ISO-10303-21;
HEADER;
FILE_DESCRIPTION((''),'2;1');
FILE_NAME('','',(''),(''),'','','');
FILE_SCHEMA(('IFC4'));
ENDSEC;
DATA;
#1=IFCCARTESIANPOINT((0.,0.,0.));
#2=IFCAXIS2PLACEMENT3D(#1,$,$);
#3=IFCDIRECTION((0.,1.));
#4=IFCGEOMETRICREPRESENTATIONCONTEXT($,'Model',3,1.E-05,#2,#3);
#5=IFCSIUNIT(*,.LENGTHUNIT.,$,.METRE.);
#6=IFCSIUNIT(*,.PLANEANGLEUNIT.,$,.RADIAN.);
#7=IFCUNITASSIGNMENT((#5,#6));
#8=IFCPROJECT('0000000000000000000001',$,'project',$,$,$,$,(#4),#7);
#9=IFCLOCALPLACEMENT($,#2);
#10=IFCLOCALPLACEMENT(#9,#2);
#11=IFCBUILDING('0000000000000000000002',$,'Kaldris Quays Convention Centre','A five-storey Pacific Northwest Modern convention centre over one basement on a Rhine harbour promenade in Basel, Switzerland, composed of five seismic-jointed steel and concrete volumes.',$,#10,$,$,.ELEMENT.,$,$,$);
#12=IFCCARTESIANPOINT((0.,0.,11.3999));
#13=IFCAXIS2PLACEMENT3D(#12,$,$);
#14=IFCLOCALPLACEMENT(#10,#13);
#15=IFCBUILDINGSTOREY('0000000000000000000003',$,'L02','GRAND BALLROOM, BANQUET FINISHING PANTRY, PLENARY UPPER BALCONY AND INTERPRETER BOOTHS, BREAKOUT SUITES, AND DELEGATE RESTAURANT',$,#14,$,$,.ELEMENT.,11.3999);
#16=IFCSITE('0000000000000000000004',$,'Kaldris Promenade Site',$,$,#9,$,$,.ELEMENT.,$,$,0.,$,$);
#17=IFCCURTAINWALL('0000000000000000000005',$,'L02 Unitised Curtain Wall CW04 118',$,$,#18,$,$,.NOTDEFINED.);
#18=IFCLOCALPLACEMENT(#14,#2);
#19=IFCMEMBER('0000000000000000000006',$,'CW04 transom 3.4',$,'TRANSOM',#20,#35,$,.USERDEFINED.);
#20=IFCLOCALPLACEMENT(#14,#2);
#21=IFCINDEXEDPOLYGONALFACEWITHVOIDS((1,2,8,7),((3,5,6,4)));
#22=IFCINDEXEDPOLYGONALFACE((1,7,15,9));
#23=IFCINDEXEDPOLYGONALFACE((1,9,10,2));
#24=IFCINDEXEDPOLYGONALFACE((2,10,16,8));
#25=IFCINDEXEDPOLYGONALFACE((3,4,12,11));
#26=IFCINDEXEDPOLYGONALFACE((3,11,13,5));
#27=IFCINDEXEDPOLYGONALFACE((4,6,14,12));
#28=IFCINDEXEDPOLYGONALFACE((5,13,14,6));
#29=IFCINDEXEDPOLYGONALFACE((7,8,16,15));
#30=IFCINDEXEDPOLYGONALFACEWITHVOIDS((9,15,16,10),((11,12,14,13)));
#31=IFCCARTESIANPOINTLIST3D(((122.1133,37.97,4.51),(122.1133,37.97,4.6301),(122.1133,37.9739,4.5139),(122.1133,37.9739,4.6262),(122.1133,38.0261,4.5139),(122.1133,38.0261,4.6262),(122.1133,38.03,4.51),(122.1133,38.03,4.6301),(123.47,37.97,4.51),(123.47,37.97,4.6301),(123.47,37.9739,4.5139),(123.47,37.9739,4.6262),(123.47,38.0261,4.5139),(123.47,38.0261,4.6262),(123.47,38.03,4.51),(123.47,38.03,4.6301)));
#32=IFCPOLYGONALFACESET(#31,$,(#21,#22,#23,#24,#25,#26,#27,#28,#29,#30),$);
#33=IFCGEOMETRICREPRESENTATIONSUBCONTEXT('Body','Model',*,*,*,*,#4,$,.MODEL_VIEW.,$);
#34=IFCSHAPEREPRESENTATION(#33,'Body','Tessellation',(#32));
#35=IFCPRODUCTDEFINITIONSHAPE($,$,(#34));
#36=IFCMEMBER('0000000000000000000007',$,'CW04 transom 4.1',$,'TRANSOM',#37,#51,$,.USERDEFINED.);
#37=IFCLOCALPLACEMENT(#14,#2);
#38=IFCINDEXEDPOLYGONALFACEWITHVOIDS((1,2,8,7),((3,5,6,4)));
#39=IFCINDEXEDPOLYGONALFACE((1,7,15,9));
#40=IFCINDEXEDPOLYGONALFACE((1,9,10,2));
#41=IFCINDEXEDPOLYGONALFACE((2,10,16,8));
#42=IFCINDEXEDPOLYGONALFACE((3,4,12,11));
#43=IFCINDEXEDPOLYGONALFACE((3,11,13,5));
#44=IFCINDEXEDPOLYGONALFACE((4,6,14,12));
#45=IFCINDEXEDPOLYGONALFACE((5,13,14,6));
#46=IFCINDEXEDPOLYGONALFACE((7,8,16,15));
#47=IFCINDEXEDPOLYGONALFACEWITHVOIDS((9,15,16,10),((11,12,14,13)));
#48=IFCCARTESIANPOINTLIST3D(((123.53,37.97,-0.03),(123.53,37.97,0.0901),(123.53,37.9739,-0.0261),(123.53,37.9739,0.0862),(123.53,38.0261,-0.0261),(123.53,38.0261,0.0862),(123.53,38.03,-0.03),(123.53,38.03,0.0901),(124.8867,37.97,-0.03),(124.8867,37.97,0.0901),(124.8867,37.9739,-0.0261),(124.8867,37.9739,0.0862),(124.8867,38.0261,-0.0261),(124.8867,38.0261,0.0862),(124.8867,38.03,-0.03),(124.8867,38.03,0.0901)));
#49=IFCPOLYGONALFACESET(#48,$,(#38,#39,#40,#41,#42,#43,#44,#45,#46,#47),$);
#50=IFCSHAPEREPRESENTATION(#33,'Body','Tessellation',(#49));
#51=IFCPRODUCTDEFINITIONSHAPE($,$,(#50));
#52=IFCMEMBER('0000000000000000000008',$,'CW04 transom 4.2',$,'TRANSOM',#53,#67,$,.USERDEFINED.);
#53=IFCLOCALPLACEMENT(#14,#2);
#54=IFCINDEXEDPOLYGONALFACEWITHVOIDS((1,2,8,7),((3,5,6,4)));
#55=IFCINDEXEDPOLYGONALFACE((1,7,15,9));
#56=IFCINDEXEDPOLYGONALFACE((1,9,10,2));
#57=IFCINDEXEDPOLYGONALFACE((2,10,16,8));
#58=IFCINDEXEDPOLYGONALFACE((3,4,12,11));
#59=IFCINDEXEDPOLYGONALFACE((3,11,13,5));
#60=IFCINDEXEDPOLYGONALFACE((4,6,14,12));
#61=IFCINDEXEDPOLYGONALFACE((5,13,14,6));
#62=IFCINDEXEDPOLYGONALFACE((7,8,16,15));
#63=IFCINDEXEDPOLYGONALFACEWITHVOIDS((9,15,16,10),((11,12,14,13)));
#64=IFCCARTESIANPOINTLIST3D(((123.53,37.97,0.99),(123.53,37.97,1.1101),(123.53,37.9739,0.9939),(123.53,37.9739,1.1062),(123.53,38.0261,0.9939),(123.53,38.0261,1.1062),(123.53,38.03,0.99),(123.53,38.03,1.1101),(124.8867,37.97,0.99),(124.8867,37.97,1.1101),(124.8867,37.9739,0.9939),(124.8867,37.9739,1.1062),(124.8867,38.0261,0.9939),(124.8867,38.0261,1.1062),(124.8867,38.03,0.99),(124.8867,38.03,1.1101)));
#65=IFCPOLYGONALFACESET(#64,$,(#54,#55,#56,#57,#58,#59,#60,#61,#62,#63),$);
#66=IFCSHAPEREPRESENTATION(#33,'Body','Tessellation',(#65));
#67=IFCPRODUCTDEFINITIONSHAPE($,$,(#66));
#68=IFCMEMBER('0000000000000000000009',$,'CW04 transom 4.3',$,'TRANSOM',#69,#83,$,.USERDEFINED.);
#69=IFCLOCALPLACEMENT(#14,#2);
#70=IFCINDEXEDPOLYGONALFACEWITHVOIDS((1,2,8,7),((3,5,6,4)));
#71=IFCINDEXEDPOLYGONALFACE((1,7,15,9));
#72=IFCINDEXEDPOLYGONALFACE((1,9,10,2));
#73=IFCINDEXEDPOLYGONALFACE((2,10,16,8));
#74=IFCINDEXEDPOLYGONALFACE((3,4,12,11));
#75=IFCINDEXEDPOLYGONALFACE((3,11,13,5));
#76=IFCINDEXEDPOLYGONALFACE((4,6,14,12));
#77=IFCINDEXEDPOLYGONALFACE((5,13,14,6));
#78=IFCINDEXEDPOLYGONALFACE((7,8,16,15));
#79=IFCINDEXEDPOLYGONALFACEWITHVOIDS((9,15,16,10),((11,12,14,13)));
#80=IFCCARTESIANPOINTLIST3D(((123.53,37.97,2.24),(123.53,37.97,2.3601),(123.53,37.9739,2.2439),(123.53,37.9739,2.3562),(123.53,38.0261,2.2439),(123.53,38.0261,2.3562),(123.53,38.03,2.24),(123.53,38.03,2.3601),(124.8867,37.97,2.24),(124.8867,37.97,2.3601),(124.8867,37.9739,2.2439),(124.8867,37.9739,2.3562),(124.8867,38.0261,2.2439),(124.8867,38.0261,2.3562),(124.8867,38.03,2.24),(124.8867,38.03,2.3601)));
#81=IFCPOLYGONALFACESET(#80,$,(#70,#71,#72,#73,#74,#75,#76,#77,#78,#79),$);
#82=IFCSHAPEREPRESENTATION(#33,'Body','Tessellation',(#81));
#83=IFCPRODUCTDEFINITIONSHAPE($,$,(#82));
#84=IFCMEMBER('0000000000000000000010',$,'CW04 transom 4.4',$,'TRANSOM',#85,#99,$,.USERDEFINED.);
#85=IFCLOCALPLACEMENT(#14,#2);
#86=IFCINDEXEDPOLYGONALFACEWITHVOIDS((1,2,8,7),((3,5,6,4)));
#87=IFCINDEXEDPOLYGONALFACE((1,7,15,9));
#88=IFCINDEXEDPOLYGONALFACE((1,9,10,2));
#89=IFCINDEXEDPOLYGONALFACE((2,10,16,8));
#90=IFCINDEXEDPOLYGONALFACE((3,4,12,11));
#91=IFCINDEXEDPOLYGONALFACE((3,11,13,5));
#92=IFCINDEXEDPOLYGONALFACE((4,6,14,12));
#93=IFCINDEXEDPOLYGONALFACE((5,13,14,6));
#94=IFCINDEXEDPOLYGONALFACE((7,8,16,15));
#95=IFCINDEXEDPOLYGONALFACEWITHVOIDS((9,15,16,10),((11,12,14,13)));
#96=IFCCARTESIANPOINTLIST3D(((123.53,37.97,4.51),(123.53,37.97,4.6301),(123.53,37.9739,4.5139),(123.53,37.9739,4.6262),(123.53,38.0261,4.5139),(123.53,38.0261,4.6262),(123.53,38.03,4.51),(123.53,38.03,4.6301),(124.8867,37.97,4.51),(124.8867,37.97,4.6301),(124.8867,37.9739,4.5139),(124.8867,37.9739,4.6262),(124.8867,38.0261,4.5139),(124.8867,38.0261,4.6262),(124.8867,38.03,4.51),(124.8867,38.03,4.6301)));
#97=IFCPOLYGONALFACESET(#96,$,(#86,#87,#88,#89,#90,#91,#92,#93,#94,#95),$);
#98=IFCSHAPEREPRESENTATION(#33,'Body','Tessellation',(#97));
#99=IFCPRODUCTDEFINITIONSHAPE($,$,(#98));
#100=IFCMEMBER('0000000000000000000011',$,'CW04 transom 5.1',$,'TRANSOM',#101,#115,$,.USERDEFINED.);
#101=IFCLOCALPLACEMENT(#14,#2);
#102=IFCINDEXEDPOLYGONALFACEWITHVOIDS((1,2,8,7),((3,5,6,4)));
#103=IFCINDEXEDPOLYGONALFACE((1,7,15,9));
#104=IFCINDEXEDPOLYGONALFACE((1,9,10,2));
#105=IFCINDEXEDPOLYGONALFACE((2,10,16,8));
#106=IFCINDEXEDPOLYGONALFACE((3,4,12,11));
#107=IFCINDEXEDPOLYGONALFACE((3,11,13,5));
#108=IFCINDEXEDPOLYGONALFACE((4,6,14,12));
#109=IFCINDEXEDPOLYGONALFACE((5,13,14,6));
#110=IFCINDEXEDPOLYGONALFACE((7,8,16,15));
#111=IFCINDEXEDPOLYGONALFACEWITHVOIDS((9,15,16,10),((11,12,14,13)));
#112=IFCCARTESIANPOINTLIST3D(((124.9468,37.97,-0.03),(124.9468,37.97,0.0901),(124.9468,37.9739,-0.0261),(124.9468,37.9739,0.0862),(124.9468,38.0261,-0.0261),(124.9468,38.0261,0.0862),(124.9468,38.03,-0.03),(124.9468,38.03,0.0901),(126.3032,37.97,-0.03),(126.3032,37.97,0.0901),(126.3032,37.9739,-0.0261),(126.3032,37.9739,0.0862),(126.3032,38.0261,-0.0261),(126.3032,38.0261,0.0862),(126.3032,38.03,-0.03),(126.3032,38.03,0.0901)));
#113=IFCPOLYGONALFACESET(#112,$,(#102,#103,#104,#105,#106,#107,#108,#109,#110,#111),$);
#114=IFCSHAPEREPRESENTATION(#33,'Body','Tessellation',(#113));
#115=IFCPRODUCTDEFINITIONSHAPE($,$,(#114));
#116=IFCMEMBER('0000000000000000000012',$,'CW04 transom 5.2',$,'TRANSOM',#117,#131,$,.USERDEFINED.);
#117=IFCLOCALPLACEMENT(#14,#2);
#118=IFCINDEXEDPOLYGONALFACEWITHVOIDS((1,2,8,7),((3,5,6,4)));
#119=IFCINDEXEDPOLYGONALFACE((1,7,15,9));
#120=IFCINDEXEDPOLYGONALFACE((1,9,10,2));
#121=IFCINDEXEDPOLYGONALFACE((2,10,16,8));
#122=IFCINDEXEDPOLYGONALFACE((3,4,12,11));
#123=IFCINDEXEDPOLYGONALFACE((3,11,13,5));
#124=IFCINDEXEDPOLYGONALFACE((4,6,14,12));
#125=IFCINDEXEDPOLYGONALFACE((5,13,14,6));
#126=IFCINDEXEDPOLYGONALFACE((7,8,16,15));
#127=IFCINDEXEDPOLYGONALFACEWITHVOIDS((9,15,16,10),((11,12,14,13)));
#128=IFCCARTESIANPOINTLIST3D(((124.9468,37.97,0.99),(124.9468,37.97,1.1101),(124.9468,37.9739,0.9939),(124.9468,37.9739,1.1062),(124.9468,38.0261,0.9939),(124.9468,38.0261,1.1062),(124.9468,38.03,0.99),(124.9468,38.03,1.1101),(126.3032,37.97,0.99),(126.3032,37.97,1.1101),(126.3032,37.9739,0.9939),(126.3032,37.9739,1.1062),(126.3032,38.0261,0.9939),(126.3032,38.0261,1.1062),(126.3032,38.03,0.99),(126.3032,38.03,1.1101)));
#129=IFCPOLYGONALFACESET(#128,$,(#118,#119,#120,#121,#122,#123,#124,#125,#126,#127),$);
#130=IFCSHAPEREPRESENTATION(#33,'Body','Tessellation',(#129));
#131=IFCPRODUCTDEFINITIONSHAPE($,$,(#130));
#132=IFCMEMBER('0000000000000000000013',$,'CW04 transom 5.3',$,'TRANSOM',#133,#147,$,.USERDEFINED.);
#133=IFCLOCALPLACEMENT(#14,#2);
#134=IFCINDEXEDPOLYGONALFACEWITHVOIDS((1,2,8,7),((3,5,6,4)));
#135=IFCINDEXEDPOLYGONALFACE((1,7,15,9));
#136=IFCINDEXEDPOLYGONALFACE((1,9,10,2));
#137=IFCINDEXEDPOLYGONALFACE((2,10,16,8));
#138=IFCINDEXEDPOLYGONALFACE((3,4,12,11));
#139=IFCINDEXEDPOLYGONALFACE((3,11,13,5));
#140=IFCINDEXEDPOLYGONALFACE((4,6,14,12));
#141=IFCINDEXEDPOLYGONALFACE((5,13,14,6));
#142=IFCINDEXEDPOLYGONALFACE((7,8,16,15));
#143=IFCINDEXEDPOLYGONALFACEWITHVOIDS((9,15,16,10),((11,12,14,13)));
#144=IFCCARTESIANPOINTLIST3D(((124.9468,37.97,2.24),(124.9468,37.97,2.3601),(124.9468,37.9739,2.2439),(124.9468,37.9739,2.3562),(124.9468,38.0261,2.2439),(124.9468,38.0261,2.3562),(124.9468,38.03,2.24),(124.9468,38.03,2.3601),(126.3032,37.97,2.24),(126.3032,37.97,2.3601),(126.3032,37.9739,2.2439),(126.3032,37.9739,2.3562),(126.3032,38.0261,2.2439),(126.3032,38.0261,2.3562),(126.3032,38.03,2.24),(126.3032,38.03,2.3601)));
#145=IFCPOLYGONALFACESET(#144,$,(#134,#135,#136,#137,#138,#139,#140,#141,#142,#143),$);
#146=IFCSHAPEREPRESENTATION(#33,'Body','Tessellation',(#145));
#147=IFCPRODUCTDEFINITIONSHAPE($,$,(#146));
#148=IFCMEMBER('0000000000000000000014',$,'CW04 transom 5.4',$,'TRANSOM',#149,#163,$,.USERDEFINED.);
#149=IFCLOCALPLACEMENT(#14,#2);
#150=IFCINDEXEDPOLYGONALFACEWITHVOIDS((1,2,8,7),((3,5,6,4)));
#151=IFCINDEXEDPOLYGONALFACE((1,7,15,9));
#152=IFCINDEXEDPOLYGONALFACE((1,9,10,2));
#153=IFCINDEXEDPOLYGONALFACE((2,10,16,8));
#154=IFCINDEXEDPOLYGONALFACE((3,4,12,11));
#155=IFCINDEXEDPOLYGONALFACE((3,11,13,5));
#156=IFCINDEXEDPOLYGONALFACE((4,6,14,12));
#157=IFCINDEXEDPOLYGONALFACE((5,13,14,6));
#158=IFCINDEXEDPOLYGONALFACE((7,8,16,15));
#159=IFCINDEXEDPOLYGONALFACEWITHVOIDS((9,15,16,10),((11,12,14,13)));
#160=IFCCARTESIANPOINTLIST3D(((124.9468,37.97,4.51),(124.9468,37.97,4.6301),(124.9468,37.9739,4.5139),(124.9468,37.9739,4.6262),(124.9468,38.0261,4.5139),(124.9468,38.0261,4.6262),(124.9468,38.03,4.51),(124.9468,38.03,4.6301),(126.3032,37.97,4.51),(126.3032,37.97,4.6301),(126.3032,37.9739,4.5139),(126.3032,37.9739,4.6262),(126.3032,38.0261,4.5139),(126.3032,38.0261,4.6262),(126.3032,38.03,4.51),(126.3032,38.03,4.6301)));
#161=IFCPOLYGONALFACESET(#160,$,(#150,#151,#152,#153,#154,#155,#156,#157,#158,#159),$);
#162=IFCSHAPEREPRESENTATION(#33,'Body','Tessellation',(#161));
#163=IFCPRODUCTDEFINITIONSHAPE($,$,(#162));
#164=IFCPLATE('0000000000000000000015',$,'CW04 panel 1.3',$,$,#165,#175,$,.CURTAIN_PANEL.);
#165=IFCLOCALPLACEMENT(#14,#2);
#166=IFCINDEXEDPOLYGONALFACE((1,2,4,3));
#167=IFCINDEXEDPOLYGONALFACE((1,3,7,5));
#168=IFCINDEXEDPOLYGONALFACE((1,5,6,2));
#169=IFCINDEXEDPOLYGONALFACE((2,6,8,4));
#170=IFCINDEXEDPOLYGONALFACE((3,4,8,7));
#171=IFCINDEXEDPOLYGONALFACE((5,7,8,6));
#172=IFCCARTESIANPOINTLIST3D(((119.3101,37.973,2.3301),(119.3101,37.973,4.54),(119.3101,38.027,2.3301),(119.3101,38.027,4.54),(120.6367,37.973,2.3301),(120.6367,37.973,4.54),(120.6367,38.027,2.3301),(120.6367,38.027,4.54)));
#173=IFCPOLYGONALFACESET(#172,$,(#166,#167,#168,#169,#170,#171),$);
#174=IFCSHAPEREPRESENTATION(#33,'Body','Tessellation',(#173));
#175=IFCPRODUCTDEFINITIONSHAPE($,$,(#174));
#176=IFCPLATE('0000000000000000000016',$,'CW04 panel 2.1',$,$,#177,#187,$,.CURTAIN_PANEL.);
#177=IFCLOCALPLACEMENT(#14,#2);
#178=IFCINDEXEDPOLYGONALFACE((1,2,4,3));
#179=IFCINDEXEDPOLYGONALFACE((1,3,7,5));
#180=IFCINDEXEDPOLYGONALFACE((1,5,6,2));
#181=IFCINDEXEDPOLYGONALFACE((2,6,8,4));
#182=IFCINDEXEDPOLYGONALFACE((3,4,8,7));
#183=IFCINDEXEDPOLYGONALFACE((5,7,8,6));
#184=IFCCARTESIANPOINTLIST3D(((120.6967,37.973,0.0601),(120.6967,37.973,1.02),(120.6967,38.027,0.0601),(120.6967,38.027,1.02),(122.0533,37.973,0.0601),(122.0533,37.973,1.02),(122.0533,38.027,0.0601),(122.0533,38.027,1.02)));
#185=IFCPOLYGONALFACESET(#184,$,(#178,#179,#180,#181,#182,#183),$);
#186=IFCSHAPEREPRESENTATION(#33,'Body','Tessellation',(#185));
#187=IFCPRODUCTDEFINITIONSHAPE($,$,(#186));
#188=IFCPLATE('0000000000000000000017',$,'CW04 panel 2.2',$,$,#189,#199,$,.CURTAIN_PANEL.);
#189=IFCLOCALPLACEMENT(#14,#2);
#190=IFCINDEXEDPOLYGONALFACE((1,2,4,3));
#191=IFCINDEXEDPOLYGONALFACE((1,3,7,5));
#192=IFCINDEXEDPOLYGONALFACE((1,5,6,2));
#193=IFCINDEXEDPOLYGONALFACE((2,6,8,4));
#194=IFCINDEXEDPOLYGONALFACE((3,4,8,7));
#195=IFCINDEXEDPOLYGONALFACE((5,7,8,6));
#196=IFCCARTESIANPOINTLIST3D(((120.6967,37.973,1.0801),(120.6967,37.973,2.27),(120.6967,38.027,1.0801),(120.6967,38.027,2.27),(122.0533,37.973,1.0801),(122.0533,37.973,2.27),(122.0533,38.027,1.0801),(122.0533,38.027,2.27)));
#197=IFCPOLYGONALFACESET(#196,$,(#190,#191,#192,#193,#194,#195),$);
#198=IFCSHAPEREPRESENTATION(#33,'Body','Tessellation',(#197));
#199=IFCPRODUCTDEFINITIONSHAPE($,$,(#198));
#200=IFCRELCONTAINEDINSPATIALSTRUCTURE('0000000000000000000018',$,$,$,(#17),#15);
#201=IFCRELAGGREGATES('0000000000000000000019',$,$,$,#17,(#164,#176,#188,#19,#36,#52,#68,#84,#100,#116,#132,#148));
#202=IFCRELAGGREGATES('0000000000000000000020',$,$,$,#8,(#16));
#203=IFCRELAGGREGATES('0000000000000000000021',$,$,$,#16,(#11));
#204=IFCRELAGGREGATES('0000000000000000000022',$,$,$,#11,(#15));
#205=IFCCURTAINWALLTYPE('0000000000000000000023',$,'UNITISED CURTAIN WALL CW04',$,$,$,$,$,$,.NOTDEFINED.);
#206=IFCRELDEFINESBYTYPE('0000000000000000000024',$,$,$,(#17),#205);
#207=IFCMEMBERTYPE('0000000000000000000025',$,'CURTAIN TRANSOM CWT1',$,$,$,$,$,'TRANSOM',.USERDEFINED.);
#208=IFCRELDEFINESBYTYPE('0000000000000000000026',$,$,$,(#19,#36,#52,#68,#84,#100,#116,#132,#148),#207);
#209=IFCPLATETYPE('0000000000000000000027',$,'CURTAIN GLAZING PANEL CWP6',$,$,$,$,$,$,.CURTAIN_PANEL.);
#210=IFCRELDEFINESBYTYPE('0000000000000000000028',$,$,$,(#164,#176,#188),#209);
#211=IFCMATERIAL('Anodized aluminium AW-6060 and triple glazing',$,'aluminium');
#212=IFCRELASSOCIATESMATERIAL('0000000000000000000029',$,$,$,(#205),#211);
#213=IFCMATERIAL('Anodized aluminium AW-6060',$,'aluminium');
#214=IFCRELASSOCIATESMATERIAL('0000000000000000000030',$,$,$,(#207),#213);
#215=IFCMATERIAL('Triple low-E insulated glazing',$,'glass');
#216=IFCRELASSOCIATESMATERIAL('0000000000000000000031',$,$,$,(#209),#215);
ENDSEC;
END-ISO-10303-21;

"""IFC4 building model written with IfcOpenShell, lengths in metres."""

from ifc_helpers import new_model, si_unit, direction, frame, origin, origin_2d, place, context, subcontext, project, spatial, rectangle, hollow_rectangle, extrude, material, material_profile, profile_set, type_object, element, aggregate, save


model = new_model("IFC4")

# Units and contexts
model_context = context("Model", 3, precision=1e-05, world=origin(), true_north=direction((0.0, 1.0)))
body_context = subcontext(model_context, "Body", "Model", "MODEL_VIEW")
ifc_project = project(units=[si_unit("LENGTHUNIT", "METRE"), si_unit("PLANEANGLEUNIT", "RADIAN")], contexts=[model_context])

# Site, building, storey
site_placement = place(None, origin())
site = spatial("IfcSite", under=ifc_project, at=site_placement, Name="Kaldris Promenade Site", CompositionType="ELEMENT", RefElevation=0.0)
building_placement = place(site_placement, origin())
building = spatial("IfcBuilding", under=site, at=building_placement, Name="Kaldris Quays Convention Centre", Description="A five-storey Pacific Northwest Modern convention centre over one basement on a Rhine harbour promenade in Basel, Switzerland, composed of five seismic-jointed steel and concrete volumes.", CompositionType="ELEMENT")
storey_placement = place(building_placement, frame((0.0, 0.0, 11.3999)))
storey = spatial("IfcBuildingStorey", under=building, at=storey_placement, Name="L02", Description="GRAND BALLROOM, BANQUET FINISHING PANTRY, PLENARY UPPER BALCONY AND INTERPRETER BOOTHS, BREAKOUT SUITES, AND DELEGATE RESTAURANT", CompositionType="ELEMENT", Elevation=11.3999)

# Curtain wall, members, plates
ifc_material_1 = material(Name="Anodized aluminium AW-6060 and triple glazing", Category="aluminium")
curtain_wall_type = type_object("IfcCurtainWallType", Name="UNITISED CURTAIN WALL CW04", PredefinedType="NOTDEFINED", material=ifc_material_1)
curtain_wall_placement = place(storey_placement, origin())
curtain_wall = element("IfcCurtainWall", 1, at=curtain_wall_placement, inside=storey, type_object=curtain_wall_type, Name="L02 Unitised Curtain Wall CW04 118", PredefinedType="NOTDEFINED")
ifc_material_2 = material(Name="Anodized aluminium AW-6060", Category="aluminium")
ifc_material_profile_1 = material_profile(ifc_material_2, hollow_rectangle(XDim=0.0601, YDim=0.1201, WallThickness=0.0039, at=origin_2d()), Name="RHS 120x60x4")
ifc_profile_set_1 = profile_set([ifc_material_profile_1], Name="Anodized aluminium AW-6060")
member_type_1 = type_object("IfcMemberType", Name="CURTAIN TRANSOM CWT1", ElementType="TRANSOM", PredefinedType="USERDEFINED", material=ifc_profile_set_1)
member_1_placement = place(storey_placement, frame((122.1133, 38.0, 4.5701), z_axis=(1.0, 0.0, 0.0), x_axis=(0.0, 1.0, 0.0)))
member_1 = element("IfcMember", 2, at=member_1_placement, type_object=member_type_1, Name="CW04 transom 3.4", ObjectType="TRANSOM", PredefinedType="USERDEFINED", context=body_context, shape_type="SweptSolid", body=[
    extrude(hollow_rectangle(XDim=0.0601, YDim=0.1201, WallThickness=0.0039, at=origin_2d()), origin(), (0.0, 0.0, 1.0), 1.3567),
])
member_2_placement = place(storey_placement, frame((123.53, 38.0, 0.03), z_axis=(1.0, 0.0, 0.0), x_axis=(0.0, 1.0, 0.0)))
member_2 = element("IfcMember", 3, at=member_2_placement, type_object=member_type_1, Name="CW04 transom 4.1", ObjectType="TRANSOM", PredefinedType="USERDEFINED", context=body_context, shape_type="SweptSolid", body=[
    extrude(hollow_rectangle(XDim=0.0601, YDim=0.1201, WallThickness=0.0039, at=origin_2d()), origin(), (0.0, 0.0, 1.0), 1.3567),
])
member_3_placement = place(storey_placement, frame((123.53, 38.0, 1.05), z_axis=(1.0, 0.0, 0.0), x_axis=(0.0, 1.0, 0.0)))
member_3 = element("IfcMember", 4, at=member_3_placement, type_object=member_type_1, Name="CW04 transom 4.2", ObjectType="TRANSOM", PredefinedType="USERDEFINED", context=body_context, shape_type="SweptSolid", body=[
    extrude(hollow_rectangle(XDim=0.0601, YDim=0.1201, WallThickness=0.0039, at=origin_2d()), origin(), (0.0, 0.0, 1.0), 1.3567),
])
member_4_placement = place(storey_placement, frame((123.53, 38.0, 2.3), z_axis=(1.0, 0.0, 0.0), x_axis=(0.0, 1.0, 0.0)))
member_4 = element("IfcMember", 5, at=member_4_placement, type_object=member_type_1, Name="CW04 transom 4.3", ObjectType="TRANSOM", PredefinedType="USERDEFINED", context=body_context, shape_type="SweptSolid", body=[
    extrude(hollow_rectangle(XDim=0.0601, YDim=0.1201, WallThickness=0.0039, at=origin_2d()), origin(), (0.0, 0.0, 1.0), 1.3567),
])
member_5_placement = place(storey_placement, frame((123.53, 38.0, 4.5701), z_axis=(1.0, 0.0, 0.0), x_axis=(0.0, 1.0, 0.0)))
member_5 = element("IfcMember", 6, at=member_5_placement, type_object=member_type_1, Name="CW04 transom 4.4", ObjectType="TRANSOM", PredefinedType="USERDEFINED", context=body_context, shape_type="SweptSolid", body=[
    extrude(hollow_rectangle(XDim=0.0601, YDim=0.1201, WallThickness=0.0039, at=origin_2d()), origin(), (0.0, 0.0, 1.0), 1.3567),
])
member_6_placement = place(storey_placement, frame((124.9468, 38.0, 0.03), z_axis=(1.0, 0.0, 0.0), x_axis=(0.0, 1.0, 0.0)))
member_6 = element("IfcMember", 7, at=member_6_placement, type_object=member_type_1, Name="CW04 transom 5.1", ObjectType="TRANSOM", PredefinedType="USERDEFINED", context=body_context, shape_type="SweptSolid", body=[
    extrude(hollow_rectangle(XDim=0.0601, YDim=0.1201, WallThickness=0.0039, at=origin_2d()), origin(), (0.0, 0.0, 1.0), 1.3564),
])
member_7_placement = place(storey_placement, frame((124.9468, 38.0, 1.05), z_axis=(1.0, 0.0, 0.0), x_axis=(0.0, 1.0, 0.0)))
member_7 = element("IfcMember", 8, at=member_7_placement, type_object=member_type_1, Name="CW04 transom 5.2", ObjectType="TRANSOM", PredefinedType="USERDEFINED", context=body_context, shape_type="SweptSolid", body=[
    extrude(hollow_rectangle(XDim=0.0601, YDim=0.1201, WallThickness=0.0039, at=origin_2d()), origin(), (0.0, 0.0, 1.0), 1.3564),
])
member_8_placement = place(storey_placement, frame((124.9468, 38.0, 2.3), z_axis=(1.0, 0.0, 0.0), x_axis=(0.0, 1.0, 0.0)))
member_8 = element("IfcMember", 9, at=member_8_placement, type_object=member_type_1, Name="CW04 transom 5.3", ObjectType="TRANSOM", PredefinedType="USERDEFINED", context=body_context, shape_type="SweptSolid", body=[
    extrude(hollow_rectangle(XDim=0.0601, YDim=0.1201, WallThickness=0.0039, at=origin_2d()), origin(), (0.0, 0.0, 1.0), 1.3564),
])
member_9_placement = place(storey_placement, frame((124.9468, 38.0, 4.5701), z_axis=(1.0, 0.0, 0.0), x_axis=(0.0, 1.0, 0.0)))
member_9 = element("IfcMember", 10, at=member_9_placement, type_object=member_type_1, Name="CW04 transom 5.4", ObjectType="TRANSOM", PredefinedType="USERDEFINED", context=body_context, shape_type="SweptSolid", body=[
    extrude(hollow_rectangle(XDim=0.0601, YDim=0.1201, WallThickness=0.0039, at=origin_2d()), origin(), (0.0, 0.0, 1.0), 1.3564),
])
ifc_material_3 = material(Name="Triple low-E insulated glazing", Category="glass")
plate_type = type_object("IfcPlateType", Name="CURTAIN GLAZING PANEL CWP6", PredefinedType="CURTAIN_PANEL", material=ifc_material_3)
plate_1_placement = place(storey_placement, frame((119.9734, 38.0, 2.3301), z_axis=(0.0, 0.0, 1.0), x_axis=(1.0, 0.0, 0.0)))
plate_1 = element("IfcPlate", 11, at=plate_1_placement, type_object=plate_type, Name="CW04 panel 1.3", PredefinedType="CURTAIN_PANEL", context=body_context, shape_type="SweptSolid", body=[
    extrude(rectangle(XDim=1.3267, YDim=0.054, at=origin_2d()), origin(), (0.0, 0.0, 1.0), 2.21),
])
plate_2_placement = place(storey_placement, frame((121.375, 38.0, 0.0601), z_axis=(0.0, 0.0, 1.0), x_axis=(1.0, 0.0, 0.0)))
plate_2 = element("IfcPlate", 12, at=plate_2_placement, type_object=plate_type, Name="CW04 panel 2.1", PredefinedType="CURTAIN_PANEL", context=body_context, shape_type="SweptSolid", body=[
    extrude(rectangle(XDim=1.3567, YDim=0.054, at=origin_2d()), origin(), (0.0, 0.0, 1.0), 0.96),
])
plate_3_placement = place(storey_placement, frame((121.375, 38.0, 1.0801), z_axis=(0.0, 0.0, 1.0), x_axis=(1.0, 0.0, 0.0)))
plate_3 = element("IfcPlate", 13, at=plate_3_placement, type_object=plate_type, Name="CW04 panel 2.2", PredefinedType="CURTAIN_PANEL", context=body_context, shape_type="SweptSolid", body=[
    extrude(rectangle(XDim=1.3567, YDim=0.054, at=origin_2d()), origin(), (0.0, 0.0, 1.0), 1.1899),
])
aggregate(curtain_wall, [plate_1, plate_2, plate_3, member_1, member_2, member_3, member_4, member_5, member_6, member_7, member_8, member_9])

save(model, "model.ifc")
